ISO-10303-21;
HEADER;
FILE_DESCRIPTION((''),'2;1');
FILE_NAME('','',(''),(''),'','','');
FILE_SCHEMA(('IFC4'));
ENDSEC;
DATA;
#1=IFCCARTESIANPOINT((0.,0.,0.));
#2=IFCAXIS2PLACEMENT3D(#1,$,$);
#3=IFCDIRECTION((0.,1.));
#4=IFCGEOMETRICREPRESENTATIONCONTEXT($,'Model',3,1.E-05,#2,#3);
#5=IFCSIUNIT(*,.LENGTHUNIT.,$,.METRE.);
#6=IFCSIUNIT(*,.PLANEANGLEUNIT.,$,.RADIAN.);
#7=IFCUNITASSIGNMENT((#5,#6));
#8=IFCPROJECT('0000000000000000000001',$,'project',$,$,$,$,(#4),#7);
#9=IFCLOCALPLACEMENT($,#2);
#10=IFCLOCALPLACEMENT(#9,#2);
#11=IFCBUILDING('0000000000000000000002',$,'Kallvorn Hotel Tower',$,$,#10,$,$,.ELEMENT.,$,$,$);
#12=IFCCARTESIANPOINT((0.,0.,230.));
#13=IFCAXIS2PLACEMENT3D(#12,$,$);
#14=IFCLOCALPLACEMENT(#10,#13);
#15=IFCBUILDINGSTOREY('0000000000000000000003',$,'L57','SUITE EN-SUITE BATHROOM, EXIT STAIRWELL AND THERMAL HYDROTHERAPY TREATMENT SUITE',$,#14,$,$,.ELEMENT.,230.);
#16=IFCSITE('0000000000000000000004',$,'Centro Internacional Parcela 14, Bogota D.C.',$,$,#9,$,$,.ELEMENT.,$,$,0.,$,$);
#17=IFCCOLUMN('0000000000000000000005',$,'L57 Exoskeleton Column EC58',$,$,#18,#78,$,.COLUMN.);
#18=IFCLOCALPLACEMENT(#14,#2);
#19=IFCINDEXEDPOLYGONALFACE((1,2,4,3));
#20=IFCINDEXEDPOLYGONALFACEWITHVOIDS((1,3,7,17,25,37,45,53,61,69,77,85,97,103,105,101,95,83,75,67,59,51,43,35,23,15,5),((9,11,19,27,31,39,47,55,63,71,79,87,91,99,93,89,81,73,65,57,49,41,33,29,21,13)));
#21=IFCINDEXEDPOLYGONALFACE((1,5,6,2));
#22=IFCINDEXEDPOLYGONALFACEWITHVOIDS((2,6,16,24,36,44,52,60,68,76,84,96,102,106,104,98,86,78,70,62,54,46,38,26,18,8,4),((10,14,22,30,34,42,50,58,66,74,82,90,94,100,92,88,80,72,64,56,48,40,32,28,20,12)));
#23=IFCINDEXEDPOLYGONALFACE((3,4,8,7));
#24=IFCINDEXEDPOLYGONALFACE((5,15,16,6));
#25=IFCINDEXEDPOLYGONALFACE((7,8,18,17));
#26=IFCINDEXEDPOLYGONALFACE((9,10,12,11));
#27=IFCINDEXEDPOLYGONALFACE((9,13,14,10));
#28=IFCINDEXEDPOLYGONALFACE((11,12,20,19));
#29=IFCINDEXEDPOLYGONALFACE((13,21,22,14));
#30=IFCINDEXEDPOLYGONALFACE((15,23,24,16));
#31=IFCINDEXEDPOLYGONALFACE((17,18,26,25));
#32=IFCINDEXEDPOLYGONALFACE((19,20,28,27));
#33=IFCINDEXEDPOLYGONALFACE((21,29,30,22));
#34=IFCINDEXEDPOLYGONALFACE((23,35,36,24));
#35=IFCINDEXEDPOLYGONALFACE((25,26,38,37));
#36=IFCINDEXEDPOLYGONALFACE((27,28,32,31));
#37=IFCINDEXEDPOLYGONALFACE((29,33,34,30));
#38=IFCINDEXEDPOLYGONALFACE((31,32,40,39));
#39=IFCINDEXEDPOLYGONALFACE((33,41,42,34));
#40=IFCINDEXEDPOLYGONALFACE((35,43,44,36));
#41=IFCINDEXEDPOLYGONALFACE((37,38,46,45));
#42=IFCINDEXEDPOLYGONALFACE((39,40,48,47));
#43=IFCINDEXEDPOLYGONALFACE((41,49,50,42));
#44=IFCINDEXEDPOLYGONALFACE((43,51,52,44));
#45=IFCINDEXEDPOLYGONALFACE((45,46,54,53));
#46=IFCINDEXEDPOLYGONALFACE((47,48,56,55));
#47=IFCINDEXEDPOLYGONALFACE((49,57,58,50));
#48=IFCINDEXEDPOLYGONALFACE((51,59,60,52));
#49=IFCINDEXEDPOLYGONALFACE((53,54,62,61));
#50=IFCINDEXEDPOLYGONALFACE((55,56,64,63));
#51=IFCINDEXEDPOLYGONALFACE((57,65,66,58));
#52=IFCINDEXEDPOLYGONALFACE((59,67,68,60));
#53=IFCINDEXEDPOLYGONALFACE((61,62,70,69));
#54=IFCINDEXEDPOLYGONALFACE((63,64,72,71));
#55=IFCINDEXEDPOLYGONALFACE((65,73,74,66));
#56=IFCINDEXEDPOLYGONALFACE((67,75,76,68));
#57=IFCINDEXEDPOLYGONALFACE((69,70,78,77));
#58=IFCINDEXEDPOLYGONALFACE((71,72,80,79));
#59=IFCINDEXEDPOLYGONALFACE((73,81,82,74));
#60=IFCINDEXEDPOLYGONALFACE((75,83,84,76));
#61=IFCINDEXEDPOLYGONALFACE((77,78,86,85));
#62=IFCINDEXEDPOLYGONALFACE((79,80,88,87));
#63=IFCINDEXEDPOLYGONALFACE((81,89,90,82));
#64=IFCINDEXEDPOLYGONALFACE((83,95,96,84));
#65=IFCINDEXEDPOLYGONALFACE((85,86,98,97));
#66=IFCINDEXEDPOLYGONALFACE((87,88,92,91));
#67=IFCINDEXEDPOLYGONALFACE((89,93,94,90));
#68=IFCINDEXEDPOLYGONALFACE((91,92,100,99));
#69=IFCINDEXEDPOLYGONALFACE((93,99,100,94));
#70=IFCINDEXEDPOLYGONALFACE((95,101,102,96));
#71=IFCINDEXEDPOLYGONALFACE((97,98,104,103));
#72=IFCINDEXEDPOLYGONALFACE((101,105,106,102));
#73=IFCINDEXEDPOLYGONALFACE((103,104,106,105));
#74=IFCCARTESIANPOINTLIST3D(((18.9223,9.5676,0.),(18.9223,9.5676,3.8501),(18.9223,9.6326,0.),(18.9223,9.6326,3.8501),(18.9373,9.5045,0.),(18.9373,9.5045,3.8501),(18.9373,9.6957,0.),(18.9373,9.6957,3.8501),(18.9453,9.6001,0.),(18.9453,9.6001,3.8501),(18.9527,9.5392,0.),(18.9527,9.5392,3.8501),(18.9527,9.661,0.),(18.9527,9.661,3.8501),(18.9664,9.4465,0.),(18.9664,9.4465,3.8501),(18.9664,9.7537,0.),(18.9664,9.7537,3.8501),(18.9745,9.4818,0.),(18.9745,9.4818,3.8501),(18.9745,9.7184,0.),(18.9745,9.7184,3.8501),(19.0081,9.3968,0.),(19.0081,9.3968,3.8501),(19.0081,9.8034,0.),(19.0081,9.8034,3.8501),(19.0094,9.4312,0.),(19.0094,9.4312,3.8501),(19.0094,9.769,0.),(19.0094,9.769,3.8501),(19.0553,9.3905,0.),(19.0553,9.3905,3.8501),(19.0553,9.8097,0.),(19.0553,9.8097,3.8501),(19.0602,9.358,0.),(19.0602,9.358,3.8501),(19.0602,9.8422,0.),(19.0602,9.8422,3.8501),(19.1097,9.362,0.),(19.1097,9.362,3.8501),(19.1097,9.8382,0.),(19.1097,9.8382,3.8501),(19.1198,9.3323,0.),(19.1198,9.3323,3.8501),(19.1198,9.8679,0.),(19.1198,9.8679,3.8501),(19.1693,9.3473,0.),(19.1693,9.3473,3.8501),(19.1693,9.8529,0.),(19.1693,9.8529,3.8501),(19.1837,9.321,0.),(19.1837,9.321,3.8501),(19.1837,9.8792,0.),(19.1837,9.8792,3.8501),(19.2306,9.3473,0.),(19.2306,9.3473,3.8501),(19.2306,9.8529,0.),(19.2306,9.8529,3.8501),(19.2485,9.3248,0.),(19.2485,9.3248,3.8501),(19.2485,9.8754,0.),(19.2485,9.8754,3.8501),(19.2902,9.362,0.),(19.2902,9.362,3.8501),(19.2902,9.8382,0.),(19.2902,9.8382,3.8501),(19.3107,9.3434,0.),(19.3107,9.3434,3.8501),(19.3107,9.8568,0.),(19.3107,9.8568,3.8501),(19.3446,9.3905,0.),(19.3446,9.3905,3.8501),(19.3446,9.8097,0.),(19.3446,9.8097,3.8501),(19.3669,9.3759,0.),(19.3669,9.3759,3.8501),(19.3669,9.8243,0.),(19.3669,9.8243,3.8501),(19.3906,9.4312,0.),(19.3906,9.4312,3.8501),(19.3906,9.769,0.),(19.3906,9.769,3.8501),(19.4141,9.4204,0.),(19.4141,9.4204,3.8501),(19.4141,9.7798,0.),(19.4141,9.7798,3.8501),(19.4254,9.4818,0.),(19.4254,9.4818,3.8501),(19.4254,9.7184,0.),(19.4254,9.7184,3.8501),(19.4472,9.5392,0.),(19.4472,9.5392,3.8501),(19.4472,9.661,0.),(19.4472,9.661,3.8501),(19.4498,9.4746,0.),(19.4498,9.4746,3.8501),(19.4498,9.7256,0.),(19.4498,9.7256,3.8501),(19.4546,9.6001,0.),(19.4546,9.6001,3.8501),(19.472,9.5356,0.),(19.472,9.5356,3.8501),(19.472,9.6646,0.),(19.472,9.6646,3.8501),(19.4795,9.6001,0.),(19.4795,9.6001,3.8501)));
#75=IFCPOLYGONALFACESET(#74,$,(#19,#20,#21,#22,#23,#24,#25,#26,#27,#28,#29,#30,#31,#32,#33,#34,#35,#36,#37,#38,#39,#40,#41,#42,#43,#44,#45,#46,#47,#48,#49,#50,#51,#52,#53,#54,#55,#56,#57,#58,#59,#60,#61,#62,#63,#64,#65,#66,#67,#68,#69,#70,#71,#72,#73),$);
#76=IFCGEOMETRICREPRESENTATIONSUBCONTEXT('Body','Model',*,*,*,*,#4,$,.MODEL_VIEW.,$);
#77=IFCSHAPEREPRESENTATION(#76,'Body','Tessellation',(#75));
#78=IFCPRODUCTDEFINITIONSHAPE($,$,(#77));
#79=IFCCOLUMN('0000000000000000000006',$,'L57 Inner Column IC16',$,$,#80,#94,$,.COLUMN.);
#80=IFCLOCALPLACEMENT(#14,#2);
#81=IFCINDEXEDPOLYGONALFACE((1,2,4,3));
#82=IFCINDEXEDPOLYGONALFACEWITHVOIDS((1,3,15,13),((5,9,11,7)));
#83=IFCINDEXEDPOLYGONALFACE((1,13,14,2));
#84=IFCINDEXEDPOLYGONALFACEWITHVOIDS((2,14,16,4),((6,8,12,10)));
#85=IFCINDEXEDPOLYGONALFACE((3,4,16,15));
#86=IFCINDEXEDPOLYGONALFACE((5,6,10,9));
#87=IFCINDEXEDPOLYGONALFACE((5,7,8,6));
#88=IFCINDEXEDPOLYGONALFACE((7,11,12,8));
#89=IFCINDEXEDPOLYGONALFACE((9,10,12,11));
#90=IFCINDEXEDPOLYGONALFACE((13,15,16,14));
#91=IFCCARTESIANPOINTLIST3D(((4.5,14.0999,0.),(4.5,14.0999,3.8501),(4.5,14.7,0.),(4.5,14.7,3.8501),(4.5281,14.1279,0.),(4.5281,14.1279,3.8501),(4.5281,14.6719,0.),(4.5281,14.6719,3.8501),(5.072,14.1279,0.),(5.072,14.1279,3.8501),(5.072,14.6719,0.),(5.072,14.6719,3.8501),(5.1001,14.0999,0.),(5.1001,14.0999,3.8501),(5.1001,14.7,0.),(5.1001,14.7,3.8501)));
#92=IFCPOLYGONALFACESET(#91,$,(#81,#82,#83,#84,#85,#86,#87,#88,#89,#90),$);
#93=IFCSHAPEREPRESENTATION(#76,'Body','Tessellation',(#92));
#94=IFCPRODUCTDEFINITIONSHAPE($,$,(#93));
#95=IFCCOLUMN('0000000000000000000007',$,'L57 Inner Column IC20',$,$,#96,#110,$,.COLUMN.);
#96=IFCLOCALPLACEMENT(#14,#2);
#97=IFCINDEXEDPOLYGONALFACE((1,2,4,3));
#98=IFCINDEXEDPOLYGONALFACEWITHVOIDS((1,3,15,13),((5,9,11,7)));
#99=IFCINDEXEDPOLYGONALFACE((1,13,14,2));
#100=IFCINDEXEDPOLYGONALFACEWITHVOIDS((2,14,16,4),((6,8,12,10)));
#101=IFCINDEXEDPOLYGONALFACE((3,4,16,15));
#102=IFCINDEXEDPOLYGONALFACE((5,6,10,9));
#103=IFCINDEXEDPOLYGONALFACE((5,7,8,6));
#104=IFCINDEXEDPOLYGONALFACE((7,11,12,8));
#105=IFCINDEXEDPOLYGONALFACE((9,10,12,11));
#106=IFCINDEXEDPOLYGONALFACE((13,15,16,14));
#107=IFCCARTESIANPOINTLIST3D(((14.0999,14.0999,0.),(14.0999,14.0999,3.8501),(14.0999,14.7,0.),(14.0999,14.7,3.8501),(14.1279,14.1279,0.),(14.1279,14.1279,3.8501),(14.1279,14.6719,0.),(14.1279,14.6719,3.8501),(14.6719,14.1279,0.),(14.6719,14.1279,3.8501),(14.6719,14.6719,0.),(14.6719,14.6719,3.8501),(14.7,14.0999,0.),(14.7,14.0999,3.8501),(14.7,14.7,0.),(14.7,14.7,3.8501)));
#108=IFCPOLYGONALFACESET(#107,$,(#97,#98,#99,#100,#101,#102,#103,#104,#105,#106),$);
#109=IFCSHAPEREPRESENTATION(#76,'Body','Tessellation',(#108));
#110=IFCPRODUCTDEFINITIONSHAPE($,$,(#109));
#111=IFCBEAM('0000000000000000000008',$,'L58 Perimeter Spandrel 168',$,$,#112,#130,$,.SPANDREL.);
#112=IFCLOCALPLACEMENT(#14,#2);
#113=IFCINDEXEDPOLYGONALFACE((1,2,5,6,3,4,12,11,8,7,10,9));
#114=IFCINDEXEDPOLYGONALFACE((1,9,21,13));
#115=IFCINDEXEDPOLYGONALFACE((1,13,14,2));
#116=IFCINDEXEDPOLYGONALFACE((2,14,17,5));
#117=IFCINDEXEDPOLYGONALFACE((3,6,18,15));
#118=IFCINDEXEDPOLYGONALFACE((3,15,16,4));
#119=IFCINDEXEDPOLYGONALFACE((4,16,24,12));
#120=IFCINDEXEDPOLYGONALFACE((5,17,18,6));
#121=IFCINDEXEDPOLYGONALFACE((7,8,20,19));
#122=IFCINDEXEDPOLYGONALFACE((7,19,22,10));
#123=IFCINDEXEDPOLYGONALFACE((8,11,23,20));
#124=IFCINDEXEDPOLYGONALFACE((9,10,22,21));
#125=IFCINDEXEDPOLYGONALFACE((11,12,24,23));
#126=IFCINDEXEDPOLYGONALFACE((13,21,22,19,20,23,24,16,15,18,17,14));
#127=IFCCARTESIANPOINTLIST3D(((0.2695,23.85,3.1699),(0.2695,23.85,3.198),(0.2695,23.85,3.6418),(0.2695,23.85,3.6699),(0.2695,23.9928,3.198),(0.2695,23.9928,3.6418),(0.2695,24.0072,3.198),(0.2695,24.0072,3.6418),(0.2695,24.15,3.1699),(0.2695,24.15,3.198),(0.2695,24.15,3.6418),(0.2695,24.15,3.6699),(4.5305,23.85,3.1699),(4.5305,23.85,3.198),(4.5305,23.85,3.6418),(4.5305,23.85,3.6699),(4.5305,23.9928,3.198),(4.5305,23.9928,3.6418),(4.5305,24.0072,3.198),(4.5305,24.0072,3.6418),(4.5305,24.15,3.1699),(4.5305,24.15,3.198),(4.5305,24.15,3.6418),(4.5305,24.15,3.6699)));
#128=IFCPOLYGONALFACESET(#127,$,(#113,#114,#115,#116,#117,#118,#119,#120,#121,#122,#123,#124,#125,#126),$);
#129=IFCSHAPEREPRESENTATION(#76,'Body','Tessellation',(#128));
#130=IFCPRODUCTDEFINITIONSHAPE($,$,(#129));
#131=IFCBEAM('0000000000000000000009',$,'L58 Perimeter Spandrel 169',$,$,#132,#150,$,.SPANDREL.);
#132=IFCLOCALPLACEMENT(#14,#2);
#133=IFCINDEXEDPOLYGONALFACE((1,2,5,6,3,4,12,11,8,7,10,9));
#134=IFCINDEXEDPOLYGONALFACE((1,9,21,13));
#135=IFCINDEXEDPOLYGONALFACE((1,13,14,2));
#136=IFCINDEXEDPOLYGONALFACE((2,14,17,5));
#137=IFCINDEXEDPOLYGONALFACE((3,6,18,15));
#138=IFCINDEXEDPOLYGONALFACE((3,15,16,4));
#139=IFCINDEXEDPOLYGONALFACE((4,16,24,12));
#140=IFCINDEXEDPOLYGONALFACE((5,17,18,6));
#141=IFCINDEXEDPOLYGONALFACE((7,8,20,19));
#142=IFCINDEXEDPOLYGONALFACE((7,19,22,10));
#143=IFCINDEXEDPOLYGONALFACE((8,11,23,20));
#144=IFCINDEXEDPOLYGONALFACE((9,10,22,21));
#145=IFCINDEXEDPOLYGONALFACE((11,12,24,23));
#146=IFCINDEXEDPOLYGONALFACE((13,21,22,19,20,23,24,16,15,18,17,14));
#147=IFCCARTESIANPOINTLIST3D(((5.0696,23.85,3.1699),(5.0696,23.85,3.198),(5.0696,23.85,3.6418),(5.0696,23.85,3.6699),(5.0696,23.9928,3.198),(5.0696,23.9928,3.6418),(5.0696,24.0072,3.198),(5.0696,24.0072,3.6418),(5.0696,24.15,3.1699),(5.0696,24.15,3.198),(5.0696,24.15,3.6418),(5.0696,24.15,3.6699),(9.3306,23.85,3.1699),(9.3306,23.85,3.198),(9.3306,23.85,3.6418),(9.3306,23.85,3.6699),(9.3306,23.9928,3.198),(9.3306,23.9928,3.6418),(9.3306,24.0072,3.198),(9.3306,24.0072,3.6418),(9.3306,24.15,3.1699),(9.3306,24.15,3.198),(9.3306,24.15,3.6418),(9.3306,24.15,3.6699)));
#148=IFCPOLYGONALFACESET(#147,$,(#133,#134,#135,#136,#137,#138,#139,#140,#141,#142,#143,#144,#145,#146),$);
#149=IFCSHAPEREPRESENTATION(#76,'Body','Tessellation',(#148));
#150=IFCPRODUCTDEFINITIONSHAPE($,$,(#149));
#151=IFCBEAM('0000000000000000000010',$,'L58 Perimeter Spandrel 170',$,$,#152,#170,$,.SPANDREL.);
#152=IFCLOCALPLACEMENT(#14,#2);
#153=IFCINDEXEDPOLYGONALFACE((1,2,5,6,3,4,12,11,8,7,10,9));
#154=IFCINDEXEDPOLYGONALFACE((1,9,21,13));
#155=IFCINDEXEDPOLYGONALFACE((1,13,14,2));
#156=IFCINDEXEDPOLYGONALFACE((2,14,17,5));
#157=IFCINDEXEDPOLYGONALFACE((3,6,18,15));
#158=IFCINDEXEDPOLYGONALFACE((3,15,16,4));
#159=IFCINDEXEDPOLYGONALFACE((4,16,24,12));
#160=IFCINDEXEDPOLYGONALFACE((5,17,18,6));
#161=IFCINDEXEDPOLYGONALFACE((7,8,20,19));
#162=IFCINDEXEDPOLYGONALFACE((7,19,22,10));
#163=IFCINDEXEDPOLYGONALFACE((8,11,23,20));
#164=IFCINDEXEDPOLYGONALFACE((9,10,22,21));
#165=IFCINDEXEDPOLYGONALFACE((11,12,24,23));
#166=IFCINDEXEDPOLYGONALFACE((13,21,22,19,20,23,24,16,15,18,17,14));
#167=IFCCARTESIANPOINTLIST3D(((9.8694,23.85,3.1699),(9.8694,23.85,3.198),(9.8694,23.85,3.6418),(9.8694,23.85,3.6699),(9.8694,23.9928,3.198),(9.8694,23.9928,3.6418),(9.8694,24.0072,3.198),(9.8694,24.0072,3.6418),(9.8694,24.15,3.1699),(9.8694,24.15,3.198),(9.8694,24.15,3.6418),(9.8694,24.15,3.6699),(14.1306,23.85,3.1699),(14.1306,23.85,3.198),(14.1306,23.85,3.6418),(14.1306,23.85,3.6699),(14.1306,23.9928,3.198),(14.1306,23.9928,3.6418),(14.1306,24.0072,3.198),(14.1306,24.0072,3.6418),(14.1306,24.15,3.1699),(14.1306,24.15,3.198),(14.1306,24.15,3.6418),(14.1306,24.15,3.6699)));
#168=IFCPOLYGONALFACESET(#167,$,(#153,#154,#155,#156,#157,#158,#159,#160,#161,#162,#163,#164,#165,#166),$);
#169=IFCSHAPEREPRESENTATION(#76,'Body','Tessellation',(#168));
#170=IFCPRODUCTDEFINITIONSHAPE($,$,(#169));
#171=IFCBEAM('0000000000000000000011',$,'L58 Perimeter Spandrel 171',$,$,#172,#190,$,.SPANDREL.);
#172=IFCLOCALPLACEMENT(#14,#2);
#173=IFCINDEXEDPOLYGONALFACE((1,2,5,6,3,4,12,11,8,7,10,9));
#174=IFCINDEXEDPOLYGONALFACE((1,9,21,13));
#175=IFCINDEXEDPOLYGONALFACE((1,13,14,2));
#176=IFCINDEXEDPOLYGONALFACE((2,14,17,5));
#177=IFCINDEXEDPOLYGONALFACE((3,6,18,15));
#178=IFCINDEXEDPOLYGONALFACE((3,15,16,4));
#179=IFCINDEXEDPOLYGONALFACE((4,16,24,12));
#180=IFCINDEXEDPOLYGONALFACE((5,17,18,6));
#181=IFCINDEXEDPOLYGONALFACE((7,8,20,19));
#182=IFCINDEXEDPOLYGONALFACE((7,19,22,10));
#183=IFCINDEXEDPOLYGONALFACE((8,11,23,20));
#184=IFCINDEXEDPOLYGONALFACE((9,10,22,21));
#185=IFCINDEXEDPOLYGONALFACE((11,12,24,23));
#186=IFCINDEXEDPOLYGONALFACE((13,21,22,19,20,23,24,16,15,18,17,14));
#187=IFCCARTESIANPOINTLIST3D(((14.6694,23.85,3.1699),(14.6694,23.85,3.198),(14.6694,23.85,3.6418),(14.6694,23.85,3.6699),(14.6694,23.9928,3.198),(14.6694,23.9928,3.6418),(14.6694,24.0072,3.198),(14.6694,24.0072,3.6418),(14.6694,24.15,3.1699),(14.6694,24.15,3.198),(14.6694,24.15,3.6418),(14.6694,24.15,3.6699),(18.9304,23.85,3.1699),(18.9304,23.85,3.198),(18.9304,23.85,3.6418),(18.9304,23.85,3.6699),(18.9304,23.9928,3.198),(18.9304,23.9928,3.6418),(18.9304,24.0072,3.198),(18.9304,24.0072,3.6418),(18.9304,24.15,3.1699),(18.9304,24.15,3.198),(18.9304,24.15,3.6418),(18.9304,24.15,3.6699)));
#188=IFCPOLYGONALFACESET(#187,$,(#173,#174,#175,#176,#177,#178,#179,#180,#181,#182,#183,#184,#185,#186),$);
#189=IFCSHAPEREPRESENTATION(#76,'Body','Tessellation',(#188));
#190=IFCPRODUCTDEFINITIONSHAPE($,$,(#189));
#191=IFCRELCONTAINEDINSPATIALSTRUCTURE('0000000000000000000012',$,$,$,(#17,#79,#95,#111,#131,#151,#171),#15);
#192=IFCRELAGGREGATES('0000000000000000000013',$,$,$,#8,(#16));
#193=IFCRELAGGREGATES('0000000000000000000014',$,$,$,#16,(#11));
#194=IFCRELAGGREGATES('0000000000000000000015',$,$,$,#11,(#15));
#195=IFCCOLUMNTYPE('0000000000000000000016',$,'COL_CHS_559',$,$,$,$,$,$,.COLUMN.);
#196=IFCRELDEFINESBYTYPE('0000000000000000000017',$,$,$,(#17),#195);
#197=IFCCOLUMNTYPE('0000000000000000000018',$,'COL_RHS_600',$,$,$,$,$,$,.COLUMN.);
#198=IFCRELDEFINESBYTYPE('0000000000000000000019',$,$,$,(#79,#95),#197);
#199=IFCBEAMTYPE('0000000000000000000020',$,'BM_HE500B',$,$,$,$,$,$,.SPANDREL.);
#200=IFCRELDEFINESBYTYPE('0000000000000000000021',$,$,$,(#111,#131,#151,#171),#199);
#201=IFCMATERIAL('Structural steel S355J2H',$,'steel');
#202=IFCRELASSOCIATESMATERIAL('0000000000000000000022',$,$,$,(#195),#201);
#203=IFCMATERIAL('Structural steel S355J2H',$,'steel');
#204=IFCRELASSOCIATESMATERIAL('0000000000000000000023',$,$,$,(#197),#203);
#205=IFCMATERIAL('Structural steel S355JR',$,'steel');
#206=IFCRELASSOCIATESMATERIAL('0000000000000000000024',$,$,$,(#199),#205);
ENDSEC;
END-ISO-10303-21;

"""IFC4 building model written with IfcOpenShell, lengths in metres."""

from ifc_helpers import new_model, si_unit, direction, frame, origin, origin_2d, place, context, subcontext, project, spatial, hollow_rectangle, hollow_circle, i_section, extrude, material, material_profile, profile_set, type_object, element, save


model = new_model("IFC4")

# Units and contexts
model_context = context("Model", 3, precision=1e-05, world=origin(), true_north=direction((0.0, 1.0)))
body_context = subcontext(model_context, "Body", "Model", "MODEL_VIEW")
ifc_project = project(units=[si_unit("LENGTHUNIT", "METRE"), si_unit("PLANEANGLEUNIT", "RADIAN")], contexts=[model_context])

# Site, building, storey
site_placement = place(None, origin())
site = spatial("IfcSite", under=ifc_project, at=site_placement, Name="Centro Internacional Parcela 14, Bogota D.C.", CompositionType="ELEMENT", RefElevation=0.0)
building_placement = place(site_placement, origin())
building = spatial("IfcBuilding", under=site, at=building_placement, Name="Kallvorn Hotel Tower", CompositionType="ELEMENT")
storey_placement = place(building_placement, frame((0.0, 0.0, 230.0)))
storey = spatial("IfcBuildingStorey", under=building, at=storey_placement, Name="L57", Description="SUITE EN-SUITE BATHROOM, EXIT STAIRWELL AND THERMAL HYDROTHERAPY TREATMENT SUITE", CompositionType="ELEMENT", Elevation=230.0)

# Columns
ifc_material_1 = material(Name="Structural steel S355J2H", Category="steel")
ifc_material_profile_1 = material_profile(ifc_material_1, hollow_circle(Radius=0.2795, WallThickness=0.0249, at=origin_2d()), Name="CHS 559x25")
ifc_profile_set_1 = profile_set([ifc_material_profile_1], Name="Structural steel S355J2H")
column_type_1 = type_object("IfcColumnType", Name="COL_CHS_559", PredefinedType="COLUMN", material=ifc_profile_set_1)
for number, where, z_axis, x_axis, name in (
    (1, (19.2, 9.6001, 0.0), (0.0, 0.0, 1.0), (1.0, 0.0, 0.0), "L57 Exoskeleton Column EC58"),
):
    element("IfcColumn", number, at=place(storey_placement, frame(where, z_axis=z_axis, x_axis=x_axis)), inside=storey, type_object=column_type_1, Name=name, PredefinedType="COLUMN", context=body_context, shape_type="SweptSolid", body=[
        extrude(hollow_circle(Radius=0.2795, WallThickness=0.0249, at=origin_2d()), origin(), (0.0, 0.0, 1.0), 3.8501),
    ])
ifc_material_2 = material(Name="Structural steel S355J2H", Category="steel")
ifc_material_profile_2 = material_profile(ifc_material_2, hollow_rectangle(XDim=0.6001, YDim=0.6001, WallThickness=0.0281, at=origin_2d()), Name="RHS 600x600x28")
ifc_profile_set_2 = profile_set([ifc_material_profile_2], Name="Structural steel S355J2H")
column_type_2 = type_object("IfcColumnType", Name="COL_RHS_600", PredefinedType="COLUMN", material=ifc_profile_set_2)
for number, where, z_axis, x_axis, name in (
    (2, (4.8, 14.3999, 0.0), (0.0, 0.0, 1.0), (1.0, 0.0, 0.0), "L57 Inner Column IC16"),
    (3, (14.3999, 14.3999, 0.0), (0.0, 0.0, 1.0), (1.0, 0.0, 0.0), "L57 Inner Column IC20"),
):
    element("IfcColumn", number, at=place(storey_placement, frame(where, z_axis=z_axis, x_axis=x_axis)), inside=storey, type_object=column_type_2, Name=name, PredefinedType="COLUMN", context=body_context, shape_type="SweptSolid", body=[
        extrude(hollow_rectangle(XDim=0.6001, YDim=0.6001, WallThickness=0.0281, at=origin_2d()), origin(), (0.0, 0.0, 1.0), 3.8501),
    ])

# Beams
ifc_material_3 = material(Name="Structural steel S355JR", Category="steel")
ifc_material_profile_3 = material_profile(ifc_material_3, i_section(OverallWidth=0.3, OverallDepth=0.5, WebThickness=0.0144, FlangeThickness=0.0281, at=origin_2d()), Name="HE 500 B")
ifc_profile_set_3 = profile_set([ifc_material_profile_3], Name="Structural steel S355JR")
beam_type_1 = type_object("IfcBeamType", Name="BM_HE500B", PredefinedType="SPANDREL", material=ifc_profile_set_3)
for number, where, z_axis, x_axis, name in (
    (4, (0.2695, 24.0, 3.4199), (1.0, 0.0, 0.0), (0.0, 1.0, 0.0), "L58 Perimeter Spandrel 168"),
    (5, (5.0696, 24.0, 3.4199), (1.0, 0.0, 0.0), (0.0, 1.0, 0.0), "L58 Perimeter Spandrel 169"),
):
    element("IfcBeam", number, at=place(storey_placement, frame(where, z_axis=z_axis, x_axis=x_axis)), inside=storey, type_object=beam_type_1, Name=name, PredefinedType="SPANDREL", context=body_context, shape_type="SweptSolid", body=[
        extrude(i_section(OverallWidth=0.3, OverallDepth=0.5, WebThickness=0.0144, FlangeThickness=0.0281, at=origin_2d()), origin(), (0.0, 0.0, 1.0), 4.261),
    ])
beam_1_placement = place(storey_placement, frame((9.8694, 24.0, 3.4199), z_axis=(1.0, 0.0, 0.0), x_axis=(0.0, 1.0, 0.0)))
element("IfcBeam", 6, at=beam_1_placement, inside=storey, type_object=beam_type_1, Name="L58 Perimeter Spandrel 170", PredefinedType="SPANDREL", context=body_context, shape_type="SweptSolid", body=[
    extrude(i_section(OverallWidth=0.3, OverallDepth=0.5, WebThickness=0.0144, FlangeThickness=0.0281, at=origin_2d()), origin(), (0.0, 0.0, 1.0), 4.2612),
])
beam_2_placement = place(storey_placement, frame((14.6694, 24.0, 3.4199), z_axis=(1.0, 0.0, 0.0), x_axis=(0.0, 1.0, 0.0)))
element("IfcBeam", 7, at=beam_2_placement, inside=storey, type_object=beam_type_1, Name="L58 Perimeter Spandrel 171", PredefinedType="SPANDREL", context=body_context, shape_type="SweptSolid", body=[
    extrude(i_section(OverallWidth=0.3, OverallDepth=0.5, WebThickness=0.0144, FlangeThickness=0.0281, at=origin_2d()), origin(), (0.0, 0.0, 1.0), 4.261),
])

save(model, "model.ifc")
